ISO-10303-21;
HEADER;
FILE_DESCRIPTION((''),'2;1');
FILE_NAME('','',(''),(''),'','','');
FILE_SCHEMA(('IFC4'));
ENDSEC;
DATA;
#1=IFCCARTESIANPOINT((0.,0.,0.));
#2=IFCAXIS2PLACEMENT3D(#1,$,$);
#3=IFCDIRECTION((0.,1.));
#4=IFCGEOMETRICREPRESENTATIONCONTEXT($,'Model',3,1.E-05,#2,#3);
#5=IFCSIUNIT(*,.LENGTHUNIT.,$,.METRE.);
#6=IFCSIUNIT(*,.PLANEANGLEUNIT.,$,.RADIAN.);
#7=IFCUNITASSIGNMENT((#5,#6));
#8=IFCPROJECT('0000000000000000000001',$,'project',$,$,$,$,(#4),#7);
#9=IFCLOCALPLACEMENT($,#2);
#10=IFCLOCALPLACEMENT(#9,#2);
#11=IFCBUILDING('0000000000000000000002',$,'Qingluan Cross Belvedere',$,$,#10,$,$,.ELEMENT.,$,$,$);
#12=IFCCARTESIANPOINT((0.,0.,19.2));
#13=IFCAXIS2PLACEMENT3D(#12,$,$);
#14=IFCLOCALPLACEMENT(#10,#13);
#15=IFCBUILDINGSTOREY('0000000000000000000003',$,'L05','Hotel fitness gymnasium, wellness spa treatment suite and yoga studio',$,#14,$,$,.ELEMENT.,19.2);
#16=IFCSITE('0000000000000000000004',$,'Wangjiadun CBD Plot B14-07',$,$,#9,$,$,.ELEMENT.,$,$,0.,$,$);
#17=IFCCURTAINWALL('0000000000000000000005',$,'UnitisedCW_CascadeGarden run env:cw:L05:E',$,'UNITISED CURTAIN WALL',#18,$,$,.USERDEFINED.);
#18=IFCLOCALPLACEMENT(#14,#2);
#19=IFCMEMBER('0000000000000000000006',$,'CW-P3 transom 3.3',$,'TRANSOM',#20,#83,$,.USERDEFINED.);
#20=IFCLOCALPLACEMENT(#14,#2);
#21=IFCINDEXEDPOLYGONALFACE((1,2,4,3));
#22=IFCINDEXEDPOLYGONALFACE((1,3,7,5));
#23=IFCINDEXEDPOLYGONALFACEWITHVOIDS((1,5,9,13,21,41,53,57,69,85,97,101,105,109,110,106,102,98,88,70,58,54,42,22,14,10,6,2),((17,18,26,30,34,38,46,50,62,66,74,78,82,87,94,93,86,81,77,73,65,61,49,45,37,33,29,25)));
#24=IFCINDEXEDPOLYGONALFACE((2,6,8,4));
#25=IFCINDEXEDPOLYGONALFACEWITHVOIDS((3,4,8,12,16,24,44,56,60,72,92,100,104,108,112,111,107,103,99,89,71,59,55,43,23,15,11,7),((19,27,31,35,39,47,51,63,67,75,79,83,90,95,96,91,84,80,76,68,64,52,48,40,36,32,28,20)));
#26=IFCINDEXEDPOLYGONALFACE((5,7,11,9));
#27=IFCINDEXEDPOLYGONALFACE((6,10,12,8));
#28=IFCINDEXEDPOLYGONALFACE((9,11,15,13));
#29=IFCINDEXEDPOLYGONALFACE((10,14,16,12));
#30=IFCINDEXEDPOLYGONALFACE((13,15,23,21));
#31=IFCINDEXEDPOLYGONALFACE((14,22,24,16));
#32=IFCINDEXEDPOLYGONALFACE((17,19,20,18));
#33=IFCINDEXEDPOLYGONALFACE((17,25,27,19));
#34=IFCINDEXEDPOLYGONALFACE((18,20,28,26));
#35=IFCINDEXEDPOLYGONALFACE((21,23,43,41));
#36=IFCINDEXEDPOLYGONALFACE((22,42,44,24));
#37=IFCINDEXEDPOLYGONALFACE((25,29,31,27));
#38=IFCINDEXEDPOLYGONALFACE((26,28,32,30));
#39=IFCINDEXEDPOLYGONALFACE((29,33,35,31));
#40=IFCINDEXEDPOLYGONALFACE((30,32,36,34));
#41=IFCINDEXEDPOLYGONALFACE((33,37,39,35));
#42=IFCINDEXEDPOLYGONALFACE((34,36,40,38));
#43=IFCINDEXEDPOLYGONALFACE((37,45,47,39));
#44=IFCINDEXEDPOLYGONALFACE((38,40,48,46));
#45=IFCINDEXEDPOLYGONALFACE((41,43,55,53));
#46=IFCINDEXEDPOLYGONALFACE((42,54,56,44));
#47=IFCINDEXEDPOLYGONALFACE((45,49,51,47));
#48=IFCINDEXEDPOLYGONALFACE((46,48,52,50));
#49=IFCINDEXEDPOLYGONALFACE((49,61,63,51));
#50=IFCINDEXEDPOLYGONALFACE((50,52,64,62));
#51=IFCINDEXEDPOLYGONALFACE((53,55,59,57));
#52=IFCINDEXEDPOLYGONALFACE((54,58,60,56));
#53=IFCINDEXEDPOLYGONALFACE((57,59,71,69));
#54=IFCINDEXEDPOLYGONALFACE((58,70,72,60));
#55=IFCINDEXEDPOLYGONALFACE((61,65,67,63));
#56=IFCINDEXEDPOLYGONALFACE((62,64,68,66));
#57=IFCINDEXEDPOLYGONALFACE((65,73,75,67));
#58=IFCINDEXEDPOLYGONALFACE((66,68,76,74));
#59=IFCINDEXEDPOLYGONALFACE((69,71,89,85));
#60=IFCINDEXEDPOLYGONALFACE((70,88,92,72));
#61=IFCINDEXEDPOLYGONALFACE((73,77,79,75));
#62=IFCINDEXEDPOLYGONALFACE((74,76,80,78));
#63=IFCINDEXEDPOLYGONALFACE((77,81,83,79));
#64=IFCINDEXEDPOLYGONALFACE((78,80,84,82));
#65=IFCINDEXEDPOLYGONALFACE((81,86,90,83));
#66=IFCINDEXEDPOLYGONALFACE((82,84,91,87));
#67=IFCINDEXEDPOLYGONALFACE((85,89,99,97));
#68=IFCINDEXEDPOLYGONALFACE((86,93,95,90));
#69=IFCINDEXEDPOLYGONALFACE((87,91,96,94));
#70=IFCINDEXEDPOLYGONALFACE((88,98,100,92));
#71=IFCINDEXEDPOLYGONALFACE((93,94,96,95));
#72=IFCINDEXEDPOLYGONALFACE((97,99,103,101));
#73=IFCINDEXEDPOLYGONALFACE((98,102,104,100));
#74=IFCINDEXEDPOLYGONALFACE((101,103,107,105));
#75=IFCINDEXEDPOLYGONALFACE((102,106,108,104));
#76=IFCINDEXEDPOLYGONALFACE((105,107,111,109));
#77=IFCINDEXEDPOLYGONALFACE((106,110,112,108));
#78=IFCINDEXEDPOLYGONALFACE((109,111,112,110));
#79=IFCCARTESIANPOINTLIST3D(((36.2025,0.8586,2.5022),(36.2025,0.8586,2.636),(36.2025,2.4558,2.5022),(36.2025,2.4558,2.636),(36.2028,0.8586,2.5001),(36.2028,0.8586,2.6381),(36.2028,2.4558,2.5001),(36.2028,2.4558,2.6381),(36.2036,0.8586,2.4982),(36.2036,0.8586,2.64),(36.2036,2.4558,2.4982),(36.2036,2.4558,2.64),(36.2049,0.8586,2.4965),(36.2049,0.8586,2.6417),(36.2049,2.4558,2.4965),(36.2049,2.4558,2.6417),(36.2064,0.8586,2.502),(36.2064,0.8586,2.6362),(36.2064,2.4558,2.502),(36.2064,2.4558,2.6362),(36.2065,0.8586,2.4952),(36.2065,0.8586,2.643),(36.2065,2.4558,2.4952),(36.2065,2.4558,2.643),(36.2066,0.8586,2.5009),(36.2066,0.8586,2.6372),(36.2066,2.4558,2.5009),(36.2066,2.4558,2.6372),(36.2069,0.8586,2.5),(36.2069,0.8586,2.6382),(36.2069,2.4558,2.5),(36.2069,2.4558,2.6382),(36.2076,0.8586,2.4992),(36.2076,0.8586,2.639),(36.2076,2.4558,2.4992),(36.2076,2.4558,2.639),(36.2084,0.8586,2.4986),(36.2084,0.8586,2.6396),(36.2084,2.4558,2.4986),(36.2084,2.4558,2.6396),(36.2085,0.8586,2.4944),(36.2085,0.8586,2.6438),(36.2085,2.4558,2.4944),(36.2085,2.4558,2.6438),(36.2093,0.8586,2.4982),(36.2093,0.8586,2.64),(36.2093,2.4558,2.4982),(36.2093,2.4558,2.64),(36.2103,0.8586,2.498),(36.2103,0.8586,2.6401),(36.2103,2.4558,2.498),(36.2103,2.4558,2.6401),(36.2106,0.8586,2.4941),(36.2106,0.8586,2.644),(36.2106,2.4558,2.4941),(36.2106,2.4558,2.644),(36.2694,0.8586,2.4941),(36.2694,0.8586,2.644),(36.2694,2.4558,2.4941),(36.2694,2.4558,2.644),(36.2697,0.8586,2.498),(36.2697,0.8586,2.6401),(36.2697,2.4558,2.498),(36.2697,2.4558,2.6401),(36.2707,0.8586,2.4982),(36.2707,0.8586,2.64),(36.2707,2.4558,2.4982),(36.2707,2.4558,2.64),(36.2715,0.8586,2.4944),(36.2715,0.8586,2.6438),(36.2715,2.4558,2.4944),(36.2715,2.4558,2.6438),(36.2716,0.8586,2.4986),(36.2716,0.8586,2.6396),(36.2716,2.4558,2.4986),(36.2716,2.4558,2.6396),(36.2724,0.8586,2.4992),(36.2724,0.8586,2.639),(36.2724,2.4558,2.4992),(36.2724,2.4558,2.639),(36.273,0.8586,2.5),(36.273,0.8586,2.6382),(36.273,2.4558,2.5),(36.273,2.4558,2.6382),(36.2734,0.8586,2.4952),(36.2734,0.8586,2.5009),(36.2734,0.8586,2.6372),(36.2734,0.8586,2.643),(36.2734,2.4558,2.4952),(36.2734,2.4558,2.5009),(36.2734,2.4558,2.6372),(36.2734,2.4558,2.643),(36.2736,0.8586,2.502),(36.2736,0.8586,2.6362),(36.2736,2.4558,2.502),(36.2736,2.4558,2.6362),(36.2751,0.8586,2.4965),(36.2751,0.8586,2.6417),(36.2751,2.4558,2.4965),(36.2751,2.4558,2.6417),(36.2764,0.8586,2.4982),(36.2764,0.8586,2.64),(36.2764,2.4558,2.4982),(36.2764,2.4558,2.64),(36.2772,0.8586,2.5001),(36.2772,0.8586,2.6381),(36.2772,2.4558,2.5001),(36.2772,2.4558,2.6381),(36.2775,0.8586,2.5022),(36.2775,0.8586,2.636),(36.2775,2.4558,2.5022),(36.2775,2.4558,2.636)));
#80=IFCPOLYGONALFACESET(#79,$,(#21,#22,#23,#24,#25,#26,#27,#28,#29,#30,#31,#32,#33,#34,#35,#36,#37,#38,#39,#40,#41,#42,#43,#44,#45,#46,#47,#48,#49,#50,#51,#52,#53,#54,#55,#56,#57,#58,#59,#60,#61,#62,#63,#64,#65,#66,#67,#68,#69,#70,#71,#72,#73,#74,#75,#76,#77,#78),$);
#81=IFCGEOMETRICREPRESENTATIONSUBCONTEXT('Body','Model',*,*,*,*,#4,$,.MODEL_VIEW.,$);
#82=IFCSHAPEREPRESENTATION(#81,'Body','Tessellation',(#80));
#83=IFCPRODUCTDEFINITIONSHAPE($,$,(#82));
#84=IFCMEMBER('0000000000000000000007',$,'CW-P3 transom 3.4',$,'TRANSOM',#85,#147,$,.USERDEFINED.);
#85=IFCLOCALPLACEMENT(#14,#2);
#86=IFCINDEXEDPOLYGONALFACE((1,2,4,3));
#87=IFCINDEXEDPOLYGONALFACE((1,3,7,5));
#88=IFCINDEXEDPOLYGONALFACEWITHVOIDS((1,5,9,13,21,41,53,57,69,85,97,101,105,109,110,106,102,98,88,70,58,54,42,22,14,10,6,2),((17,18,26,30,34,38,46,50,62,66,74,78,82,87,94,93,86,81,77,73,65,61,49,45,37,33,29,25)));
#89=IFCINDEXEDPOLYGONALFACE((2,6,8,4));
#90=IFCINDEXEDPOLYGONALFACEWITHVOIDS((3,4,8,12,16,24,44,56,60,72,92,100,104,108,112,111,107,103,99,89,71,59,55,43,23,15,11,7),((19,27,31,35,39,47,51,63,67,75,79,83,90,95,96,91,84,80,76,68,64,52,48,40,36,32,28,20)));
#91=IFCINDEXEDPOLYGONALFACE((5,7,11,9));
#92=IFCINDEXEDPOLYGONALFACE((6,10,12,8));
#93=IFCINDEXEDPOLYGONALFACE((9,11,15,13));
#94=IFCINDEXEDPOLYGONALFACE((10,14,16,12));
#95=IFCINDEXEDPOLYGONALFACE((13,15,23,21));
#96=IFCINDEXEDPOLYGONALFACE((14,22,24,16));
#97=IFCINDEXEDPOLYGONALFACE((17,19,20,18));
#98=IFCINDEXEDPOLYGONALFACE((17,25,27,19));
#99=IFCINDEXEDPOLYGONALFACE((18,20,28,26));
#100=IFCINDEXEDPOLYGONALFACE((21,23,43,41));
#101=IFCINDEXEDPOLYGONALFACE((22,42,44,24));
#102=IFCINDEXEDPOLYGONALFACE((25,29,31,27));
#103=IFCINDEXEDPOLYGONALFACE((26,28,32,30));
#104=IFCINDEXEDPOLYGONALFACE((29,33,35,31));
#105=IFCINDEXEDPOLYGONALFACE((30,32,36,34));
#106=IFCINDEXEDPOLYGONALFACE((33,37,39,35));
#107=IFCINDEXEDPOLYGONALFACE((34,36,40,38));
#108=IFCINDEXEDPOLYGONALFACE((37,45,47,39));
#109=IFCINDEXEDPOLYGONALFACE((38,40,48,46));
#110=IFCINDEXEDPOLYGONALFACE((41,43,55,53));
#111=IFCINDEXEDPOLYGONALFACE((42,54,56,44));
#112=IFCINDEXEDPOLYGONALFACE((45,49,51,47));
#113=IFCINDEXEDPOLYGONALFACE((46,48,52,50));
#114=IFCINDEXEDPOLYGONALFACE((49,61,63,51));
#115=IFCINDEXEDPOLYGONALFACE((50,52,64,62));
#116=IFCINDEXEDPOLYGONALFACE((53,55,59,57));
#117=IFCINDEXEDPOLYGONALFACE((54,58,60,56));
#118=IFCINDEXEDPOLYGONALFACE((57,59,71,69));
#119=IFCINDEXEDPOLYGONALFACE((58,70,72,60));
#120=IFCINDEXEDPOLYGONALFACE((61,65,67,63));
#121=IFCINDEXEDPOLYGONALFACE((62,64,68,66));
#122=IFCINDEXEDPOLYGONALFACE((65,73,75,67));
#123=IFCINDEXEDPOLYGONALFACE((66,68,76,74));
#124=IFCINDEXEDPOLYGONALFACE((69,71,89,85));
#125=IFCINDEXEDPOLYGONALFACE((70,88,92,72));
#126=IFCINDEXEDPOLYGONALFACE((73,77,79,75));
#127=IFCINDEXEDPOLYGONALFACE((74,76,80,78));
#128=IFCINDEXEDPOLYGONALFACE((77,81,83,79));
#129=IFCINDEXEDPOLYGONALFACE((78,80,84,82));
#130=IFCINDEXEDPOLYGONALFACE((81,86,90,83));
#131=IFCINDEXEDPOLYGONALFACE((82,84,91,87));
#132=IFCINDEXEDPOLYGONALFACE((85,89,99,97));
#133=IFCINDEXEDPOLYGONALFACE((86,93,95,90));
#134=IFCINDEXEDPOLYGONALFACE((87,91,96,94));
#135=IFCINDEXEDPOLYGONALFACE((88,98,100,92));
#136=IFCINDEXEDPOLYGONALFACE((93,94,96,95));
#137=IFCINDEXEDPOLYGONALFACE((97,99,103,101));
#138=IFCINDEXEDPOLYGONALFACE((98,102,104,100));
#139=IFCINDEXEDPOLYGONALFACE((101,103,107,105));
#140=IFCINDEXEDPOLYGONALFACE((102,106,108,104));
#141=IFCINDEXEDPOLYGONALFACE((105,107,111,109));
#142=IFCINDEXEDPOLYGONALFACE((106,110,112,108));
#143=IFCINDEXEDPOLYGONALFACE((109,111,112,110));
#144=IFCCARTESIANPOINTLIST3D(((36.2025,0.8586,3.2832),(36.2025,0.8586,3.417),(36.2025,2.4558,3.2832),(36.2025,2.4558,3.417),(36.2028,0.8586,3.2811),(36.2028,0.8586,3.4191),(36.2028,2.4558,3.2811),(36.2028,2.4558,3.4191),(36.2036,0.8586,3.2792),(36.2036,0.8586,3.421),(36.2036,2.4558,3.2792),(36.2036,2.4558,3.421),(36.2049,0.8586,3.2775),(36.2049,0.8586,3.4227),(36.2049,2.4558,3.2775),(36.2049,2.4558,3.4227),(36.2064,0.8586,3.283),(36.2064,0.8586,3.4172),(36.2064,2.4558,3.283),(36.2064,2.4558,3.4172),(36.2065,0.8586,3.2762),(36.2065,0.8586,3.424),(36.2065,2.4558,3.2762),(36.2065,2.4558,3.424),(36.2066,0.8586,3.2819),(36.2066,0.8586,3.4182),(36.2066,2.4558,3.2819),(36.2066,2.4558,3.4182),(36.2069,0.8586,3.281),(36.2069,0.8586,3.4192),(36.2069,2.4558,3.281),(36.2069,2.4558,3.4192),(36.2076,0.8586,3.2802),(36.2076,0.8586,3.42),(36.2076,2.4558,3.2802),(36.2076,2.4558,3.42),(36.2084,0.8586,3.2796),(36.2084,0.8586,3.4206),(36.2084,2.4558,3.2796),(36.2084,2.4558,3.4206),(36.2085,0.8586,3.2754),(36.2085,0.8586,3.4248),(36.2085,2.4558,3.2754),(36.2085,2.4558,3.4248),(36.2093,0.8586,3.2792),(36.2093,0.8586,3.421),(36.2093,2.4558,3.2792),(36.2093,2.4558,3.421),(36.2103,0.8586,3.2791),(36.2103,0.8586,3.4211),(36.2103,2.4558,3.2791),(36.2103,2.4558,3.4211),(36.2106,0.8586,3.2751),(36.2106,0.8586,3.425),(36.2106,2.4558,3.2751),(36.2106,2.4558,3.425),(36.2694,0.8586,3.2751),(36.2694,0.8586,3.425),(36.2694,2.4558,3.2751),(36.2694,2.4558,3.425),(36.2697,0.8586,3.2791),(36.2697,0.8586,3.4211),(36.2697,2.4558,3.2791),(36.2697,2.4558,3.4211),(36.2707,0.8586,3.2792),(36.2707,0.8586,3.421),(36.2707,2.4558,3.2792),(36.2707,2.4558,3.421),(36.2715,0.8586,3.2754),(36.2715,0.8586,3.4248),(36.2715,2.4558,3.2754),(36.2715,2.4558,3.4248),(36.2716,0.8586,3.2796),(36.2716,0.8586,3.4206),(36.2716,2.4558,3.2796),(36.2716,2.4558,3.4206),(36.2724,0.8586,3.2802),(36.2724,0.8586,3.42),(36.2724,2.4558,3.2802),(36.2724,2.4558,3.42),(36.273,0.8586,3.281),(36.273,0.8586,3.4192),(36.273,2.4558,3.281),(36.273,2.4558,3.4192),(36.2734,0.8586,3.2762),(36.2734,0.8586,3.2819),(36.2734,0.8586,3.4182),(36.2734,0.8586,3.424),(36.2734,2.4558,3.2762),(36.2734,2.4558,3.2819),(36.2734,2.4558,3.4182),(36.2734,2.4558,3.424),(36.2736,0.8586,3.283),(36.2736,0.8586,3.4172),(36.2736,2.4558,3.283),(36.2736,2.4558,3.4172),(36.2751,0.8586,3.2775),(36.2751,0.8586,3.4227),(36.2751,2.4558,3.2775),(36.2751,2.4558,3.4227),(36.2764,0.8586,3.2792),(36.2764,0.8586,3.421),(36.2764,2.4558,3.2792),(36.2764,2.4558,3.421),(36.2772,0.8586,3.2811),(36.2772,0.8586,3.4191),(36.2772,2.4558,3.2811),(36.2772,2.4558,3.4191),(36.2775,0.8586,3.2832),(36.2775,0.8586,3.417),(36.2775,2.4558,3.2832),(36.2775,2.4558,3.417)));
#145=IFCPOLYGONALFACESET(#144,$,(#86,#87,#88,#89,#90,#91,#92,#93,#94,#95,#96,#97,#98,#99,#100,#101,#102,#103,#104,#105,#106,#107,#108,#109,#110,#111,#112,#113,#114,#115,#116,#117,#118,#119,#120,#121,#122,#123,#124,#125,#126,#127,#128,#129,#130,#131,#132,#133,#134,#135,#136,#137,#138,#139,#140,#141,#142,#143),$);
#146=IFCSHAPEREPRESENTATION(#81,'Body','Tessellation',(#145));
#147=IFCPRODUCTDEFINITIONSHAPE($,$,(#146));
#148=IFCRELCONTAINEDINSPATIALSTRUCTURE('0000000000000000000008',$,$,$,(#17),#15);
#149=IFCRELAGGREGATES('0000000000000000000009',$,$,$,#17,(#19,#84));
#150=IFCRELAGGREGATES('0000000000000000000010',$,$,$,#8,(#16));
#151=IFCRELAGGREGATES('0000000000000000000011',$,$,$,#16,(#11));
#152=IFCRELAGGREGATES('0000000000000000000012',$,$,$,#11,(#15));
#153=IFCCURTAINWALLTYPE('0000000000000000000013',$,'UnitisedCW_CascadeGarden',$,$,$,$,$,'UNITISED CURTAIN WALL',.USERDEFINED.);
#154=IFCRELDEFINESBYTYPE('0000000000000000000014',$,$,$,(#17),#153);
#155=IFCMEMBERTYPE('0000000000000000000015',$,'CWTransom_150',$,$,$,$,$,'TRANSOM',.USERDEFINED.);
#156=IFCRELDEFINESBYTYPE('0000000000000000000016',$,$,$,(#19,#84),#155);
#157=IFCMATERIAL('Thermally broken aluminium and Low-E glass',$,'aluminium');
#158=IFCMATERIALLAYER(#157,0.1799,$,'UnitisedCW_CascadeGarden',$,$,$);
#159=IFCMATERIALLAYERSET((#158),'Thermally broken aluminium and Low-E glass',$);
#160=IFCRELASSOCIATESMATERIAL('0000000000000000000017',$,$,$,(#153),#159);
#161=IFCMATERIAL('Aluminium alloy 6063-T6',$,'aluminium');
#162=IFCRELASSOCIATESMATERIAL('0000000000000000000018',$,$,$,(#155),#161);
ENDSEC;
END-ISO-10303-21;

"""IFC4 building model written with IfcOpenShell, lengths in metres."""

from ifc_helpers import new_model, si_unit, direction, frame, origin, origin_2d, place, context, subcontext, project, spatial, hollow_rectangle, extrude, material, layer, layer_set, material_profile, profile_set, type_object, element, aggregate, save


model = new_model("IFC4")

# Units and contexts
model_context = context("Model", 3, precision=1e-05, world=origin(), true_north=direction((0.0, 1.0)))
body_context = subcontext(model_context, "Body", "Model", "MODEL_VIEW")
ifc_project = project(units=[si_unit("LENGTHUNIT", "METRE"), si_unit("PLANEANGLEUNIT", "RADIAN")], contexts=[model_context])

# Site, building, storey
site_placement = place(None, origin())
site = spatial("IfcSite", under=ifc_project, at=site_placement, Name="Wangjiadun CBD Plot B14-07", CompositionType="ELEMENT", RefElevation=0.0)
building_placement = place(site_placement, origin())
building = spatial("IfcBuilding", under=site, at=building_placement, Name="Qingluan Cross Belvedere", CompositionType="ELEMENT")
storey_placement = place(building_placement, frame((0.0, 0.0, 19.2)))
storey = spatial("IfcBuildingStorey", under=building, at=storey_placement, Name="L05", Description="Hotel fitness gymnasium, wellness spa treatment suite and yoga studio", CompositionType="ELEMENT", Elevation=19.2)

# Curtain wall, members
ifc_material_1 = material(Name="Thermally broken aluminium and Low-E glass", Category="aluminium")
ifc_layer_1 = layer(ifc_material_1, 0.1799, Name="UnitisedCW_CascadeGarden")
ifc_layer_set_1 = layer_set([ifc_layer_1], Name="Thermally broken aluminium and Low-E glass")
curtain_wall_type = type_object("IfcCurtainWallType", Name="UnitisedCW_CascadeGarden", ElementType="UNITISED CURTAIN WALL", PredefinedType="USERDEFINED", material=ifc_layer_set_1)
curtain_wall_placement = place(storey_placement, origin())
curtain_wall = element("IfcCurtainWall", 1, at=curtain_wall_placement, inside=storey, type_object=curtain_wall_type, Name="UnitisedCW_CascadeGarden run env:cw:L05:E", ObjectType="UNITISED CURTAIN WALL", PredefinedType="USERDEFINED")
ifc_material_2 = material(Name="Aluminium alloy 6063-T6", Category="aluminium")
ifc_material_profile_1 = material_profile(ifc_material_2, hollow_rectangle(XDim=0.075, YDim=0.1499, WallThickness=0.0039, InnerFilletRadius=0.0039, OuterFilletRadius=0.0081, at=origin_2d()), Name="CWT150x75x4")
ifc_profile_set_1 = profile_set([ifc_material_profile_1], Name="Aluminium alloy 6063-T6")
member_type_1 = type_object("IfcMemberType", Name="CWTransom_150", ElementType="TRANSOM", PredefinedType="USERDEFINED", material=ifc_profile_set_1)
member_1_placement = place(storey_placement, frame((36.24, 2.4558, 2.5691), z_axis=(0.0, -1.0, 0.0), x_axis=(1.0, 0.0, 0.0)))
member_1 = element("IfcMember", 2, at=member_1_placement, type_object=member_type_1, Name="CW-P3 transom 3.3", ObjectType="TRANSOM", PredefinedType="USERDEFINED", context=body_context, shape_type="SweptSolid", body=[
    extrude(hollow_rectangle(XDim=0.075, YDim=0.1499, WallThickness=0.0039, InnerFilletRadius=0.0039, OuterFilletRadius=0.0081, at=origin_2d()), origin(), (0.0, 0.0, 1.0), 1.5972),
])
member_2_placement = place(storey_placement, frame((36.24, 2.4558, 3.3501), z_axis=(0.0, -1.0, 0.0), x_axis=(1.0, 0.0, 0.0)))
member_2 = element("IfcMember", 3, at=member_2_placement, type_object=member_type_1, Name="CW-P3 transom 3.4", ObjectType="TRANSOM", PredefinedType="USERDEFINED", context=body_context, shape_type="SweptSolid", body=[
    extrude(hollow_rectangle(XDim=0.075, YDim=0.1499, WallThickness=0.0039, InnerFilletRadius=0.0039, OuterFilletRadius=0.0081, at=origin_2d()), origin(), (0.0, 0.0, 1.0), 1.5972),
])
aggregate(curtain_wall, [member_1, member_2])

save(model, "model.ifc")
